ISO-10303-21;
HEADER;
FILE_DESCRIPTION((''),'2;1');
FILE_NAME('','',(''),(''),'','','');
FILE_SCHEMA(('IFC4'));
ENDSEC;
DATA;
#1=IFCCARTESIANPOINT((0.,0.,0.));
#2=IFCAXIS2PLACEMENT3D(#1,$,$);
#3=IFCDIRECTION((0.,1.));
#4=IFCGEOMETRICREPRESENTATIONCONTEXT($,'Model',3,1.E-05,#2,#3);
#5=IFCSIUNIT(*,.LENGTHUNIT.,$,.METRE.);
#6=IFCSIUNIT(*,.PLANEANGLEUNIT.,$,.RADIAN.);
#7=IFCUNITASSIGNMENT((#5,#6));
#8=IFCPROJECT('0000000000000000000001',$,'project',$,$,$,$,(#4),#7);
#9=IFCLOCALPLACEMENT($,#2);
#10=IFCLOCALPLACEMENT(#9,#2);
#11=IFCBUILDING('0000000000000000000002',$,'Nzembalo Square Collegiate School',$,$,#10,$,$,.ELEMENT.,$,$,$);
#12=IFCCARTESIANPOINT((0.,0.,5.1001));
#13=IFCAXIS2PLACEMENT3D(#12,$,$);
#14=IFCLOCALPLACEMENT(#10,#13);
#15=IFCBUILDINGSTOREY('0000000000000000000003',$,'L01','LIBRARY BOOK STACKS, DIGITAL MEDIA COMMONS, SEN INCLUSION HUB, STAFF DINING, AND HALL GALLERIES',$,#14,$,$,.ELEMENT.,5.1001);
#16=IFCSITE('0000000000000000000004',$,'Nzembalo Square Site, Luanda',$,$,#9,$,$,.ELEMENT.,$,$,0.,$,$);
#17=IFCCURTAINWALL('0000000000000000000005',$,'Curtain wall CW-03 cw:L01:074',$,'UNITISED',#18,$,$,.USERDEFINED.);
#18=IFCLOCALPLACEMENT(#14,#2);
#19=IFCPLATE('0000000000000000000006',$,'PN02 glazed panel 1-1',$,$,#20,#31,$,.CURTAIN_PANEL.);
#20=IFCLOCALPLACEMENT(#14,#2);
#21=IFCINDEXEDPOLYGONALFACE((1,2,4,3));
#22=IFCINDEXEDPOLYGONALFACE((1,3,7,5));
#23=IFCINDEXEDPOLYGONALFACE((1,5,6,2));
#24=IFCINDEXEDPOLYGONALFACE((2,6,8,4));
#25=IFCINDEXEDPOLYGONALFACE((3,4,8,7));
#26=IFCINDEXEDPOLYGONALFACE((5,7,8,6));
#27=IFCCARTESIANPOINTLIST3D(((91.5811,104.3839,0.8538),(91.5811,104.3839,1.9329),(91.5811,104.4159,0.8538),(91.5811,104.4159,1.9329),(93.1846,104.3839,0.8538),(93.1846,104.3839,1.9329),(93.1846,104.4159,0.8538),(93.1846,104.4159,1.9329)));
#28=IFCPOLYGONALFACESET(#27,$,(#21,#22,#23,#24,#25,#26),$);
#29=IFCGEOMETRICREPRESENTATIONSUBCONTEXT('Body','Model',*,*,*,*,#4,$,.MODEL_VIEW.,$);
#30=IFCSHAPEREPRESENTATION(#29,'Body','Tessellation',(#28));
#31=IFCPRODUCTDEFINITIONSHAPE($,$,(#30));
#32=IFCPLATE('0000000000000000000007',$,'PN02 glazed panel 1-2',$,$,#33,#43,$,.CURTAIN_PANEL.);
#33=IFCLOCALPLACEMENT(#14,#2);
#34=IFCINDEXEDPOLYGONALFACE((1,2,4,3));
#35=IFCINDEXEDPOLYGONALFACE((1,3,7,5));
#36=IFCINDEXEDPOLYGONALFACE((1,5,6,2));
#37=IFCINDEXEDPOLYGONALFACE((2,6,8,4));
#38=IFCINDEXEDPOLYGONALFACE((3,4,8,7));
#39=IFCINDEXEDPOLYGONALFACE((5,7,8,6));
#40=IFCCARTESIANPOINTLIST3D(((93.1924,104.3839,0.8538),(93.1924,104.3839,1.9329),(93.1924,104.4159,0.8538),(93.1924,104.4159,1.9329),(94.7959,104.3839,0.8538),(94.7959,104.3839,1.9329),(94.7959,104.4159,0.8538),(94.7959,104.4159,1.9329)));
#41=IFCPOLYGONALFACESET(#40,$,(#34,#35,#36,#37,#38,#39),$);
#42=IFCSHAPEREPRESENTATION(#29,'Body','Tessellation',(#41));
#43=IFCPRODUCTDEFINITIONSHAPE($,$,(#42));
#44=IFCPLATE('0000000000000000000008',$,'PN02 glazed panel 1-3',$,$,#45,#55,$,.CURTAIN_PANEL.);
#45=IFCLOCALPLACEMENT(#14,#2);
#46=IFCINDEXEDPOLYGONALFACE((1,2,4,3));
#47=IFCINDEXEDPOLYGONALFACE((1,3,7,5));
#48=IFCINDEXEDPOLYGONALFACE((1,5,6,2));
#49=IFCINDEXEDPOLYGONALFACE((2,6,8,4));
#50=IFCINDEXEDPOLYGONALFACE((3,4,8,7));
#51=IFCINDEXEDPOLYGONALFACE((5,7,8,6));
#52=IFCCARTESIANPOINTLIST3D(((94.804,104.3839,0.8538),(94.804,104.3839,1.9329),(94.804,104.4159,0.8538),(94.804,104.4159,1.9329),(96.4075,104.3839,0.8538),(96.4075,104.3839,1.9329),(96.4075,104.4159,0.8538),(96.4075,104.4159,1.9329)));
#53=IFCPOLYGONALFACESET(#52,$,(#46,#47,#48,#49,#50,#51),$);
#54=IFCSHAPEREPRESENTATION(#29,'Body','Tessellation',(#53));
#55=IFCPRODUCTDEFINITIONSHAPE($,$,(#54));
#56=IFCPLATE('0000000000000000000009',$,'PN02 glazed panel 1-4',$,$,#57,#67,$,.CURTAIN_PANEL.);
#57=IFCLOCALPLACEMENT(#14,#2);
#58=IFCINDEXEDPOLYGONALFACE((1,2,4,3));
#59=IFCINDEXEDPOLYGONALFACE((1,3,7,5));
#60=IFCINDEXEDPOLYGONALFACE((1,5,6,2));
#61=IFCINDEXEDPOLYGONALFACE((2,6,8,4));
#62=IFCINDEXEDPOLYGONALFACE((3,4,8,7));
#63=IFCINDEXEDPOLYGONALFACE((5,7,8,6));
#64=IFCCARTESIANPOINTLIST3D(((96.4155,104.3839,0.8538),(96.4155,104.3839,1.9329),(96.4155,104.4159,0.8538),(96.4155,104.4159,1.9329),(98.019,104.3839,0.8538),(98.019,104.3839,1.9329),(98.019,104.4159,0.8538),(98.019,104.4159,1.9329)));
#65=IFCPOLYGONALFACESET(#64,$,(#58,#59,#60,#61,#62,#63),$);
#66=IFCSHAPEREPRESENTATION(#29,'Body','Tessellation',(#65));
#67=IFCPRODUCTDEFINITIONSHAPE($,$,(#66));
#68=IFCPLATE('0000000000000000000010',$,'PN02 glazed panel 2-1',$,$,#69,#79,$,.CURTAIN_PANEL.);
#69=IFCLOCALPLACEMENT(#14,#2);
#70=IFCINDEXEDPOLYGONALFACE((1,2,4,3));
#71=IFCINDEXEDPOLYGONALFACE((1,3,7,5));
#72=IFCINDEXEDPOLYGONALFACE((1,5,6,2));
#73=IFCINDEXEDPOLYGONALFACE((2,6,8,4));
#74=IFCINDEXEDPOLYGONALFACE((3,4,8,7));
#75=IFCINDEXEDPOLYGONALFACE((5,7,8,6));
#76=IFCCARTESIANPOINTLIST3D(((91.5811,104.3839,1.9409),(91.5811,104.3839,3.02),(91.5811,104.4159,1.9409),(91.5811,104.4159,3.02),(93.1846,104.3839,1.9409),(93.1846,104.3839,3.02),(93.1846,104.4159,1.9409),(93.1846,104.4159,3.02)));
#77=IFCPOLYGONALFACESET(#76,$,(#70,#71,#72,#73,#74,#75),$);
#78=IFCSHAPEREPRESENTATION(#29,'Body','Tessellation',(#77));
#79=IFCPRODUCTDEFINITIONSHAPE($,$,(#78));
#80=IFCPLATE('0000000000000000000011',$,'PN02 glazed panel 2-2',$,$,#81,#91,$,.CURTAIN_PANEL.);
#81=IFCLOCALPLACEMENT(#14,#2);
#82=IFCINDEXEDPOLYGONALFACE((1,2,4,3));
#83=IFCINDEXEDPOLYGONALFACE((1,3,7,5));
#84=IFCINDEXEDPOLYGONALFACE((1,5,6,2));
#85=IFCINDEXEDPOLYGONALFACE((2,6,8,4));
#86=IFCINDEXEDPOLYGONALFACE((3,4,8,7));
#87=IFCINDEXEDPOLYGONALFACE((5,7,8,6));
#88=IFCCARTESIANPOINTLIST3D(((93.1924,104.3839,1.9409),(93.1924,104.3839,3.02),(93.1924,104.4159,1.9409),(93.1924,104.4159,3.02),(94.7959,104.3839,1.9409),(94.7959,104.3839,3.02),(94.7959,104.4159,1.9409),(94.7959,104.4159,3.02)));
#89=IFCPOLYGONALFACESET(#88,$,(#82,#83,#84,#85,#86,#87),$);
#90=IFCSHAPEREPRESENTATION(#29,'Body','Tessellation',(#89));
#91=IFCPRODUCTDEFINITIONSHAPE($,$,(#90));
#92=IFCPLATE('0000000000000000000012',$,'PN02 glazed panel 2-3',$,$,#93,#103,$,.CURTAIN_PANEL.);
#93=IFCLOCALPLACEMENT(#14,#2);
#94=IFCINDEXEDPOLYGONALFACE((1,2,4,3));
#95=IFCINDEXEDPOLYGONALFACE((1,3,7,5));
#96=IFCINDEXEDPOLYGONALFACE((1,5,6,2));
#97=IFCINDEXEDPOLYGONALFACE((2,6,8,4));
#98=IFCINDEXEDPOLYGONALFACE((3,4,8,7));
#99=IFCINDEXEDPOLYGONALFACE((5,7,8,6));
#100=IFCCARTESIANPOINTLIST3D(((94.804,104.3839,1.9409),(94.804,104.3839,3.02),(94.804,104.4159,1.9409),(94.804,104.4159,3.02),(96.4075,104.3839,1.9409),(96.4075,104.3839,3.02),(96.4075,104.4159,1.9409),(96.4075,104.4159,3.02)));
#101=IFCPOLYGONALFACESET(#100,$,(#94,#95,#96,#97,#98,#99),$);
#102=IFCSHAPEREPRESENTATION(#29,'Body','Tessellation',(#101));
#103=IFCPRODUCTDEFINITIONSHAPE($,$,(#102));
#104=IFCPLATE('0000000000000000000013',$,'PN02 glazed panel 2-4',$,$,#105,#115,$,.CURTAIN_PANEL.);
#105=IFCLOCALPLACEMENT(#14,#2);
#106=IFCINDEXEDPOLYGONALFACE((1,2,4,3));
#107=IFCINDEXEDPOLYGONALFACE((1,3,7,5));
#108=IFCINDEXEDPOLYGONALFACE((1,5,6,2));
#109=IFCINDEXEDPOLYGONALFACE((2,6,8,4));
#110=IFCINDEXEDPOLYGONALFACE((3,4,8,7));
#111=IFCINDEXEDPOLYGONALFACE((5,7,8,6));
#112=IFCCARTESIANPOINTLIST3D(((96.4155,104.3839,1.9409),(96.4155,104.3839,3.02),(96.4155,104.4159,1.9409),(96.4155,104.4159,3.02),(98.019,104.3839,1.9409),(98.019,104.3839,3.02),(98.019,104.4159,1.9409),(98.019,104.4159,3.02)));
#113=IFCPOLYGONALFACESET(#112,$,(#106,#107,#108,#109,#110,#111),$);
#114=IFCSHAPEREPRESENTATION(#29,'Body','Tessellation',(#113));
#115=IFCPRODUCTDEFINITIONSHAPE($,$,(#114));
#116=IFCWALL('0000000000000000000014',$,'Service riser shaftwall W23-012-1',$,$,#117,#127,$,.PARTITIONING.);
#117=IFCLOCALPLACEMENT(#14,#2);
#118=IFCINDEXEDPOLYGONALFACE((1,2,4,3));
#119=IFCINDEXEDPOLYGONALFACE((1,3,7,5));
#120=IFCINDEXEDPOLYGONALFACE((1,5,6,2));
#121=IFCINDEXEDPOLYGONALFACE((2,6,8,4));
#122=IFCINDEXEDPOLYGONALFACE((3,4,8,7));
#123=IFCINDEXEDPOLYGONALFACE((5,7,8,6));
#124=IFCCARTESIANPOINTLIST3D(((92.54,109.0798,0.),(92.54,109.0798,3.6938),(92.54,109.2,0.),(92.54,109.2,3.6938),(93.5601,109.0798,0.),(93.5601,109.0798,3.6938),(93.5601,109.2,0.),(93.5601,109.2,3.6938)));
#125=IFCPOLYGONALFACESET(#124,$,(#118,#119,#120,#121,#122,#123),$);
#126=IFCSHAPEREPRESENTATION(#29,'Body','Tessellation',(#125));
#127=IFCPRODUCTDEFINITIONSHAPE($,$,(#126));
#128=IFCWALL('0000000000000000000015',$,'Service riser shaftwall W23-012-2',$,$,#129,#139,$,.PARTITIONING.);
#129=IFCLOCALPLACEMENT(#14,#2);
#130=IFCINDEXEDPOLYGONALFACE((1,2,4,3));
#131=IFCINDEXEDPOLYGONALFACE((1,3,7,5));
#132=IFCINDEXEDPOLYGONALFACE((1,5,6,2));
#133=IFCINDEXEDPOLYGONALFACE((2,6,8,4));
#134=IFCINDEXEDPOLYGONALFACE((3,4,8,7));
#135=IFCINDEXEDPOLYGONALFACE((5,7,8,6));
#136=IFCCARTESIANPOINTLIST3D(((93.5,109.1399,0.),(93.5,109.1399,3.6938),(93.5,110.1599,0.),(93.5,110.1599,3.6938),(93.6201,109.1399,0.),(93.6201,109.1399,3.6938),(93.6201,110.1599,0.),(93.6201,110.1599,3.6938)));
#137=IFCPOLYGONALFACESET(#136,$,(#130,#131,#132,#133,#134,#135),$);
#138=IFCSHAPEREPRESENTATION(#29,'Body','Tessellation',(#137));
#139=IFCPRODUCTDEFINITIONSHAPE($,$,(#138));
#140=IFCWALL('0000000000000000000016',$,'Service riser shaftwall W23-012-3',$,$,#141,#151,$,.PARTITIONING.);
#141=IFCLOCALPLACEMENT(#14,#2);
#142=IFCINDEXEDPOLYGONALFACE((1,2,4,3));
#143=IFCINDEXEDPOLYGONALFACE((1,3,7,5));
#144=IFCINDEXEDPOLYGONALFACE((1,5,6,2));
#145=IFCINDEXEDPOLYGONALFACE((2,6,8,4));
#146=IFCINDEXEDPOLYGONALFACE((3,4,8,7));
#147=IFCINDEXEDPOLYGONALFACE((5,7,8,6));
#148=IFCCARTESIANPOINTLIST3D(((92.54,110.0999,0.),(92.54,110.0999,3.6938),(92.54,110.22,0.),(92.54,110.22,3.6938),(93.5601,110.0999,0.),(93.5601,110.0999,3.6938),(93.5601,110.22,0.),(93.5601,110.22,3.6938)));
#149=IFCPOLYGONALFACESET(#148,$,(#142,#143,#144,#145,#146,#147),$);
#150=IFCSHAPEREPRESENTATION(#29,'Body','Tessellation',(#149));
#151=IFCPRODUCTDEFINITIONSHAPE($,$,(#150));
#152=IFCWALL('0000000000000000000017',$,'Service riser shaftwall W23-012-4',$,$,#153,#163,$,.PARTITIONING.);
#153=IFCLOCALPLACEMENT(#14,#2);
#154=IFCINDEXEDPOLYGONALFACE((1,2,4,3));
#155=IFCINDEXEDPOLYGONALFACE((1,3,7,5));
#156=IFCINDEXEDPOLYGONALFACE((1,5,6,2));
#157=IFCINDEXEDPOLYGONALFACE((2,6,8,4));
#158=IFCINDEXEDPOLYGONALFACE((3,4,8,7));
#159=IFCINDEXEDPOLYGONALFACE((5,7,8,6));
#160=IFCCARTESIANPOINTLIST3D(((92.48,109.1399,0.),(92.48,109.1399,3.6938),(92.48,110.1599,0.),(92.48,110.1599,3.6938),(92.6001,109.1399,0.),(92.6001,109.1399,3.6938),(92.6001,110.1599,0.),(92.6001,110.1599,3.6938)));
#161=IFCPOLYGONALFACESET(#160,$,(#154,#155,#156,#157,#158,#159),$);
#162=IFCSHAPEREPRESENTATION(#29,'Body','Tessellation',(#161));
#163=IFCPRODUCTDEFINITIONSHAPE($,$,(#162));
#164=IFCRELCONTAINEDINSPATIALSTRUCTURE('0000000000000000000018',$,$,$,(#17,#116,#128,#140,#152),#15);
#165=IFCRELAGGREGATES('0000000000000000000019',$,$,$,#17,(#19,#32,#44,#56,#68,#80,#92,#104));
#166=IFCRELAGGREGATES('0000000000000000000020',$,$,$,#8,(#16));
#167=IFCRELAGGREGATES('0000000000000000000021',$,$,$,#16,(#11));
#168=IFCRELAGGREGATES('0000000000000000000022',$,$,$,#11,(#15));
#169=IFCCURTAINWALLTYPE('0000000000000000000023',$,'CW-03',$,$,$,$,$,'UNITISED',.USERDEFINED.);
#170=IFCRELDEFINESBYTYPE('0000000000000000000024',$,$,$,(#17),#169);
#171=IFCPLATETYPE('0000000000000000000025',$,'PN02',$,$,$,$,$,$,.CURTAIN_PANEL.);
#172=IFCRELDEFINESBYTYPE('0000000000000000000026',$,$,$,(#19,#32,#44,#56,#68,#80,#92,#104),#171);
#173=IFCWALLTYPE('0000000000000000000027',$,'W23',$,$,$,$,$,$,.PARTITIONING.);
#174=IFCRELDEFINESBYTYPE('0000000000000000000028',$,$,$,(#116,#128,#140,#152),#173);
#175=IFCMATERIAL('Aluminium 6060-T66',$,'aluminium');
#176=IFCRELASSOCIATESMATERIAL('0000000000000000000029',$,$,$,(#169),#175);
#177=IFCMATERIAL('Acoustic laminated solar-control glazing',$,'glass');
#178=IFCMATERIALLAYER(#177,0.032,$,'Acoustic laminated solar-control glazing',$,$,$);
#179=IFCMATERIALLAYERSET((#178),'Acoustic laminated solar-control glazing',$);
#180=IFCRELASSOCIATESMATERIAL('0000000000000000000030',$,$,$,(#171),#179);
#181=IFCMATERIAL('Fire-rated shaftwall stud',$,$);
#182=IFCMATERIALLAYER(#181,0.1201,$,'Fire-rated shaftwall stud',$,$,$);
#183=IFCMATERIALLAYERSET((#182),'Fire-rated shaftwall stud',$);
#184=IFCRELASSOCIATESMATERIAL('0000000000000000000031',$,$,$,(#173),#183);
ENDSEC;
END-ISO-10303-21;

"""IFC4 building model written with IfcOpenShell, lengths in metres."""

from ifc_helpers import new_model, si_unit, direction, frame, frame_2d, origin, origin_2d, place, context, subcontext, project, spatial, rectangle, extrude, material, layer, layer_set, type_object, element, aggregate, save


model = new_model("IFC4")

# Units and contexts
model_context = context("Model", 3, precision=1e-05, world=origin(), true_north=direction((0.0, 1.0)))
body_context = subcontext(model_context, "Body", "Model", "MODEL_VIEW")
ifc_project = project(units=[si_unit("LENGTHUNIT", "METRE"), si_unit("PLANEANGLEUNIT", "RADIAN")], contexts=[model_context])

# Site, building, storey
site_placement = place(None, origin())
site = spatial("IfcSite", under=ifc_project, at=site_placement, Name="Nzembalo Square Site, Luanda", CompositionType="ELEMENT", RefElevation=0.0)
building_placement = place(site_placement, origin())
building = spatial("IfcBuilding", under=site, at=building_placement, Name="Nzembalo Square Collegiate School", CompositionType="ELEMENT")
storey_placement = place(building_placement, frame((0.0, 0.0, 5.1001)))
storey = spatial("IfcBuildingStorey", under=building, at=storey_placement, Name="L01", Description="LIBRARY BOOK STACKS, DIGITAL MEDIA COMMONS, SEN INCLUSION HUB, STAFF DINING, AND HALL GALLERIES", CompositionType="ELEMENT", Elevation=5.1001)

# Curtain wall, plates
ifc_material_1 = material(Name="Aluminium 6060-T66", Category="aluminium")
curtain_wall_type = type_object("IfcCurtainWallType", Name="CW-03", ElementType="UNITISED", PredefinedType="USERDEFINED", material=ifc_material_1)
curtain_wall_placement = place(storey_placement, origin())
curtain_wall = element("IfcCurtainWall", 1, at=curtain_wall_placement, inside=storey, type_object=curtain_wall_type, Name="Curtain wall CW-03 cw:L01:074", ObjectType="UNITISED", PredefinedType="USERDEFINED")
ifc_material_2 = material(Name="Acoustic laminated solar-control glazing", Category="glass")
ifc_layer_1 = layer(ifc_material_2, 0.032, Name="Acoustic laminated solar-control glazing")
ifc_layer_set_1 = layer_set([ifc_layer_1], Name="Acoustic laminated solar-control glazing")
plate_type = type_object("IfcPlateType", Name="PN02", PredefinedType="CURTAIN_PANEL", material=ifc_layer_set_1)
plate_1_placement = place(storey_placement, frame((92.3828, 104.3999, 0.8538), z_axis=(0.0, 0.0, 1.0), x_axis=(1.0, 0.0, 0.0)))
plate_1 = element("IfcPlate", 2, at=plate_1_placement, type_object=plate_type, Name="PN02 glazed panel 1-1", PredefinedType="CURTAIN_PANEL", context=body_context, shape_type="SweptSolid", body=[
    extrude(rectangle(XDim=1.6035, YDim=0.032, at=origin_2d()), origin(), (0.0, 0.0, 1.0), 1.0791),
])
plate_2_placement = place(storey_placement, frame((93.9941, 104.3999, 0.8538), z_axis=(0.0, 0.0, 1.0), x_axis=(1.0, 0.0, 0.0)))
plate_2 = element("IfcPlate", 3, at=plate_2_placement, type_object=plate_type, Name="PN02 glazed panel 1-2", PredefinedType="CURTAIN_PANEL", context=body_context, shape_type="SweptSolid", body=[
    extrude(rectangle(XDim=1.6035, YDim=0.032, at=origin_2d()), origin(), (0.0, 0.0, 1.0), 1.0791),
])
plate_3_placement = place(storey_placement, frame((95.6057, 104.3999, 0.8538), z_axis=(0.0, 0.0, 1.0), x_axis=(1.0, 0.0, 0.0)))
plate_3 = element("IfcPlate", 4, at=plate_3_placement, type_object=plate_type, Name="PN02 glazed panel 1-3", PredefinedType="CURTAIN_PANEL", context=body_context, shape_type="SweptSolid", body=[
    extrude(rectangle(XDim=1.6035, YDim=0.032, at=origin_2d()), origin(), (0.0, 0.0, 1.0), 1.0791),
])
plate_4_placement = place(storey_placement, frame((97.2173, 104.3999, 0.8538), z_axis=(0.0, 0.0, 1.0), x_axis=(1.0, 0.0, 0.0)))
plate_4 = element("IfcPlate", 5, at=plate_4_placement, type_object=plate_type, Name="PN02 glazed panel 1-4", PredefinedType="CURTAIN_PANEL", context=body_context, shape_type="SweptSolid", body=[
    extrude(rectangle(XDim=1.6035, YDim=0.032, at=origin_2d()), origin(), (0.0, 0.0, 1.0), 1.0791),
])
plate_5_placement = place(storey_placement, frame((92.3828, 104.3999, 1.9409), z_axis=(0.0, 0.0, 1.0), x_axis=(1.0, 0.0, 0.0)))
plate_5 = element("IfcPlate", 6, at=plate_5_placement, type_object=plate_type, Name="PN02 glazed panel 2-1", PredefinedType="CURTAIN_PANEL", context=body_context, shape_type="SweptSolid", body=[
    extrude(rectangle(XDim=1.6035, YDim=0.032, at=origin_2d()), origin(), (0.0, 0.0, 1.0), 1.0791),
])
plate_6_placement = place(storey_placement, frame((93.9941, 104.3999, 1.9409), z_axis=(0.0, 0.0, 1.0), x_axis=(1.0, 0.0, 0.0)))
plate_6 = element("IfcPlate", 7, at=plate_6_placement, type_object=plate_type, Name="PN02 glazed panel 2-2", PredefinedType="CURTAIN_PANEL", context=body_context, shape_type="SweptSolid", body=[
    extrude(rectangle(XDim=1.6035, YDim=0.032, at=origin_2d()), origin(), (0.0, 0.0, 1.0), 1.0791),
])
plate_7_placement = place(storey_placement, frame((95.6057, 104.3999, 1.9409), z_axis=(0.0, 0.0, 1.0), x_axis=(1.0, 0.0, 0.0)))
plate_7 = element("IfcPlate", 8, at=plate_7_placement, type_object=plate_type, Name="PN02 glazed panel 2-3", PredefinedType="CURTAIN_PANEL", context=body_context, shape_type="SweptSolid", body=[
    extrude(rectangle(XDim=1.6035, YDim=0.032, at=origin_2d()), origin(), (0.0, 0.0, 1.0), 1.0791),
])
plate_8_placement = place(storey_placement, frame((97.2173, 104.3999, 1.9409), z_axis=(0.0, 0.0, 1.0), x_axis=(1.0, 0.0, 0.0)))
plate_8 = element("IfcPlate", 9, at=plate_8_placement, type_object=plate_type, Name="PN02 glazed panel 2-4", PredefinedType="CURTAIN_PANEL", context=body_context, shape_type="SweptSolid", body=[
    extrude(rectangle(XDim=1.6035, YDim=0.032, at=origin_2d()), origin(), (0.0, 0.0, 1.0), 1.0791),
])
aggregate(curtain_wall, [plate_1, plate_2, plate_3, plate_4, plate_5, plate_6, plate_7, plate_8])

# Walls
ifc_material_3 = material(Name="Fire-rated shaftwall stud")
ifc_layer_2 = layer(ifc_material_3, 0.1201, Name="Fire-rated shaftwall stud")
ifc_layer_set_2 = layer_set([ifc_layer_2], Name="Fire-rated shaftwall stud")
wall_type = type_object("IfcWallType", Name="W23", PredefinedType="PARTITIONING", material=ifc_layer_set_2)
for number, where, z_axis, x_axis, name in (
    (10, (92.54, 109.1399, 0.0), (0.0, 0.0, 1.0), (1.0, 0.0, 0.0), "Service riser shaftwall W23-012-1"),
    (11, (93.5601, 109.1399, 0.0), (0.0, 0.0, 1.0), (0.0, 1.0, 0.0), "Service riser shaftwall W23-012-2"),
    (12, (93.5601, 110.1599, 0.0), (0.0, 0.0, 1.0), (-1.0, 0.0, 0.0), "Service riser shaftwall W23-012-3"),
    (13, (92.54, 110.1599, 0.0), (0.0, 0.0, 1.0), (0.0, -1.0, 0.0), "Service riser shaftwall W23-012-4"),
):
    element("IfcWall", number, at=place(storey_placement, frame(where, z_axis=z_axis, x_axis=x_axis)), inside=storey, type_object=wall_type, Name=name, PredefinedType="PARTITIONING", context=body_context, shape_type="SweptSolid", body=[
        extrude(rectangle(XDim=1.02, YDim=0.1201, at=frame_2d((0.51, 0.0))), origin(), (0.0, 0.0, 1.0), 3.6938),
    ])

save(model, "model.ifc")
